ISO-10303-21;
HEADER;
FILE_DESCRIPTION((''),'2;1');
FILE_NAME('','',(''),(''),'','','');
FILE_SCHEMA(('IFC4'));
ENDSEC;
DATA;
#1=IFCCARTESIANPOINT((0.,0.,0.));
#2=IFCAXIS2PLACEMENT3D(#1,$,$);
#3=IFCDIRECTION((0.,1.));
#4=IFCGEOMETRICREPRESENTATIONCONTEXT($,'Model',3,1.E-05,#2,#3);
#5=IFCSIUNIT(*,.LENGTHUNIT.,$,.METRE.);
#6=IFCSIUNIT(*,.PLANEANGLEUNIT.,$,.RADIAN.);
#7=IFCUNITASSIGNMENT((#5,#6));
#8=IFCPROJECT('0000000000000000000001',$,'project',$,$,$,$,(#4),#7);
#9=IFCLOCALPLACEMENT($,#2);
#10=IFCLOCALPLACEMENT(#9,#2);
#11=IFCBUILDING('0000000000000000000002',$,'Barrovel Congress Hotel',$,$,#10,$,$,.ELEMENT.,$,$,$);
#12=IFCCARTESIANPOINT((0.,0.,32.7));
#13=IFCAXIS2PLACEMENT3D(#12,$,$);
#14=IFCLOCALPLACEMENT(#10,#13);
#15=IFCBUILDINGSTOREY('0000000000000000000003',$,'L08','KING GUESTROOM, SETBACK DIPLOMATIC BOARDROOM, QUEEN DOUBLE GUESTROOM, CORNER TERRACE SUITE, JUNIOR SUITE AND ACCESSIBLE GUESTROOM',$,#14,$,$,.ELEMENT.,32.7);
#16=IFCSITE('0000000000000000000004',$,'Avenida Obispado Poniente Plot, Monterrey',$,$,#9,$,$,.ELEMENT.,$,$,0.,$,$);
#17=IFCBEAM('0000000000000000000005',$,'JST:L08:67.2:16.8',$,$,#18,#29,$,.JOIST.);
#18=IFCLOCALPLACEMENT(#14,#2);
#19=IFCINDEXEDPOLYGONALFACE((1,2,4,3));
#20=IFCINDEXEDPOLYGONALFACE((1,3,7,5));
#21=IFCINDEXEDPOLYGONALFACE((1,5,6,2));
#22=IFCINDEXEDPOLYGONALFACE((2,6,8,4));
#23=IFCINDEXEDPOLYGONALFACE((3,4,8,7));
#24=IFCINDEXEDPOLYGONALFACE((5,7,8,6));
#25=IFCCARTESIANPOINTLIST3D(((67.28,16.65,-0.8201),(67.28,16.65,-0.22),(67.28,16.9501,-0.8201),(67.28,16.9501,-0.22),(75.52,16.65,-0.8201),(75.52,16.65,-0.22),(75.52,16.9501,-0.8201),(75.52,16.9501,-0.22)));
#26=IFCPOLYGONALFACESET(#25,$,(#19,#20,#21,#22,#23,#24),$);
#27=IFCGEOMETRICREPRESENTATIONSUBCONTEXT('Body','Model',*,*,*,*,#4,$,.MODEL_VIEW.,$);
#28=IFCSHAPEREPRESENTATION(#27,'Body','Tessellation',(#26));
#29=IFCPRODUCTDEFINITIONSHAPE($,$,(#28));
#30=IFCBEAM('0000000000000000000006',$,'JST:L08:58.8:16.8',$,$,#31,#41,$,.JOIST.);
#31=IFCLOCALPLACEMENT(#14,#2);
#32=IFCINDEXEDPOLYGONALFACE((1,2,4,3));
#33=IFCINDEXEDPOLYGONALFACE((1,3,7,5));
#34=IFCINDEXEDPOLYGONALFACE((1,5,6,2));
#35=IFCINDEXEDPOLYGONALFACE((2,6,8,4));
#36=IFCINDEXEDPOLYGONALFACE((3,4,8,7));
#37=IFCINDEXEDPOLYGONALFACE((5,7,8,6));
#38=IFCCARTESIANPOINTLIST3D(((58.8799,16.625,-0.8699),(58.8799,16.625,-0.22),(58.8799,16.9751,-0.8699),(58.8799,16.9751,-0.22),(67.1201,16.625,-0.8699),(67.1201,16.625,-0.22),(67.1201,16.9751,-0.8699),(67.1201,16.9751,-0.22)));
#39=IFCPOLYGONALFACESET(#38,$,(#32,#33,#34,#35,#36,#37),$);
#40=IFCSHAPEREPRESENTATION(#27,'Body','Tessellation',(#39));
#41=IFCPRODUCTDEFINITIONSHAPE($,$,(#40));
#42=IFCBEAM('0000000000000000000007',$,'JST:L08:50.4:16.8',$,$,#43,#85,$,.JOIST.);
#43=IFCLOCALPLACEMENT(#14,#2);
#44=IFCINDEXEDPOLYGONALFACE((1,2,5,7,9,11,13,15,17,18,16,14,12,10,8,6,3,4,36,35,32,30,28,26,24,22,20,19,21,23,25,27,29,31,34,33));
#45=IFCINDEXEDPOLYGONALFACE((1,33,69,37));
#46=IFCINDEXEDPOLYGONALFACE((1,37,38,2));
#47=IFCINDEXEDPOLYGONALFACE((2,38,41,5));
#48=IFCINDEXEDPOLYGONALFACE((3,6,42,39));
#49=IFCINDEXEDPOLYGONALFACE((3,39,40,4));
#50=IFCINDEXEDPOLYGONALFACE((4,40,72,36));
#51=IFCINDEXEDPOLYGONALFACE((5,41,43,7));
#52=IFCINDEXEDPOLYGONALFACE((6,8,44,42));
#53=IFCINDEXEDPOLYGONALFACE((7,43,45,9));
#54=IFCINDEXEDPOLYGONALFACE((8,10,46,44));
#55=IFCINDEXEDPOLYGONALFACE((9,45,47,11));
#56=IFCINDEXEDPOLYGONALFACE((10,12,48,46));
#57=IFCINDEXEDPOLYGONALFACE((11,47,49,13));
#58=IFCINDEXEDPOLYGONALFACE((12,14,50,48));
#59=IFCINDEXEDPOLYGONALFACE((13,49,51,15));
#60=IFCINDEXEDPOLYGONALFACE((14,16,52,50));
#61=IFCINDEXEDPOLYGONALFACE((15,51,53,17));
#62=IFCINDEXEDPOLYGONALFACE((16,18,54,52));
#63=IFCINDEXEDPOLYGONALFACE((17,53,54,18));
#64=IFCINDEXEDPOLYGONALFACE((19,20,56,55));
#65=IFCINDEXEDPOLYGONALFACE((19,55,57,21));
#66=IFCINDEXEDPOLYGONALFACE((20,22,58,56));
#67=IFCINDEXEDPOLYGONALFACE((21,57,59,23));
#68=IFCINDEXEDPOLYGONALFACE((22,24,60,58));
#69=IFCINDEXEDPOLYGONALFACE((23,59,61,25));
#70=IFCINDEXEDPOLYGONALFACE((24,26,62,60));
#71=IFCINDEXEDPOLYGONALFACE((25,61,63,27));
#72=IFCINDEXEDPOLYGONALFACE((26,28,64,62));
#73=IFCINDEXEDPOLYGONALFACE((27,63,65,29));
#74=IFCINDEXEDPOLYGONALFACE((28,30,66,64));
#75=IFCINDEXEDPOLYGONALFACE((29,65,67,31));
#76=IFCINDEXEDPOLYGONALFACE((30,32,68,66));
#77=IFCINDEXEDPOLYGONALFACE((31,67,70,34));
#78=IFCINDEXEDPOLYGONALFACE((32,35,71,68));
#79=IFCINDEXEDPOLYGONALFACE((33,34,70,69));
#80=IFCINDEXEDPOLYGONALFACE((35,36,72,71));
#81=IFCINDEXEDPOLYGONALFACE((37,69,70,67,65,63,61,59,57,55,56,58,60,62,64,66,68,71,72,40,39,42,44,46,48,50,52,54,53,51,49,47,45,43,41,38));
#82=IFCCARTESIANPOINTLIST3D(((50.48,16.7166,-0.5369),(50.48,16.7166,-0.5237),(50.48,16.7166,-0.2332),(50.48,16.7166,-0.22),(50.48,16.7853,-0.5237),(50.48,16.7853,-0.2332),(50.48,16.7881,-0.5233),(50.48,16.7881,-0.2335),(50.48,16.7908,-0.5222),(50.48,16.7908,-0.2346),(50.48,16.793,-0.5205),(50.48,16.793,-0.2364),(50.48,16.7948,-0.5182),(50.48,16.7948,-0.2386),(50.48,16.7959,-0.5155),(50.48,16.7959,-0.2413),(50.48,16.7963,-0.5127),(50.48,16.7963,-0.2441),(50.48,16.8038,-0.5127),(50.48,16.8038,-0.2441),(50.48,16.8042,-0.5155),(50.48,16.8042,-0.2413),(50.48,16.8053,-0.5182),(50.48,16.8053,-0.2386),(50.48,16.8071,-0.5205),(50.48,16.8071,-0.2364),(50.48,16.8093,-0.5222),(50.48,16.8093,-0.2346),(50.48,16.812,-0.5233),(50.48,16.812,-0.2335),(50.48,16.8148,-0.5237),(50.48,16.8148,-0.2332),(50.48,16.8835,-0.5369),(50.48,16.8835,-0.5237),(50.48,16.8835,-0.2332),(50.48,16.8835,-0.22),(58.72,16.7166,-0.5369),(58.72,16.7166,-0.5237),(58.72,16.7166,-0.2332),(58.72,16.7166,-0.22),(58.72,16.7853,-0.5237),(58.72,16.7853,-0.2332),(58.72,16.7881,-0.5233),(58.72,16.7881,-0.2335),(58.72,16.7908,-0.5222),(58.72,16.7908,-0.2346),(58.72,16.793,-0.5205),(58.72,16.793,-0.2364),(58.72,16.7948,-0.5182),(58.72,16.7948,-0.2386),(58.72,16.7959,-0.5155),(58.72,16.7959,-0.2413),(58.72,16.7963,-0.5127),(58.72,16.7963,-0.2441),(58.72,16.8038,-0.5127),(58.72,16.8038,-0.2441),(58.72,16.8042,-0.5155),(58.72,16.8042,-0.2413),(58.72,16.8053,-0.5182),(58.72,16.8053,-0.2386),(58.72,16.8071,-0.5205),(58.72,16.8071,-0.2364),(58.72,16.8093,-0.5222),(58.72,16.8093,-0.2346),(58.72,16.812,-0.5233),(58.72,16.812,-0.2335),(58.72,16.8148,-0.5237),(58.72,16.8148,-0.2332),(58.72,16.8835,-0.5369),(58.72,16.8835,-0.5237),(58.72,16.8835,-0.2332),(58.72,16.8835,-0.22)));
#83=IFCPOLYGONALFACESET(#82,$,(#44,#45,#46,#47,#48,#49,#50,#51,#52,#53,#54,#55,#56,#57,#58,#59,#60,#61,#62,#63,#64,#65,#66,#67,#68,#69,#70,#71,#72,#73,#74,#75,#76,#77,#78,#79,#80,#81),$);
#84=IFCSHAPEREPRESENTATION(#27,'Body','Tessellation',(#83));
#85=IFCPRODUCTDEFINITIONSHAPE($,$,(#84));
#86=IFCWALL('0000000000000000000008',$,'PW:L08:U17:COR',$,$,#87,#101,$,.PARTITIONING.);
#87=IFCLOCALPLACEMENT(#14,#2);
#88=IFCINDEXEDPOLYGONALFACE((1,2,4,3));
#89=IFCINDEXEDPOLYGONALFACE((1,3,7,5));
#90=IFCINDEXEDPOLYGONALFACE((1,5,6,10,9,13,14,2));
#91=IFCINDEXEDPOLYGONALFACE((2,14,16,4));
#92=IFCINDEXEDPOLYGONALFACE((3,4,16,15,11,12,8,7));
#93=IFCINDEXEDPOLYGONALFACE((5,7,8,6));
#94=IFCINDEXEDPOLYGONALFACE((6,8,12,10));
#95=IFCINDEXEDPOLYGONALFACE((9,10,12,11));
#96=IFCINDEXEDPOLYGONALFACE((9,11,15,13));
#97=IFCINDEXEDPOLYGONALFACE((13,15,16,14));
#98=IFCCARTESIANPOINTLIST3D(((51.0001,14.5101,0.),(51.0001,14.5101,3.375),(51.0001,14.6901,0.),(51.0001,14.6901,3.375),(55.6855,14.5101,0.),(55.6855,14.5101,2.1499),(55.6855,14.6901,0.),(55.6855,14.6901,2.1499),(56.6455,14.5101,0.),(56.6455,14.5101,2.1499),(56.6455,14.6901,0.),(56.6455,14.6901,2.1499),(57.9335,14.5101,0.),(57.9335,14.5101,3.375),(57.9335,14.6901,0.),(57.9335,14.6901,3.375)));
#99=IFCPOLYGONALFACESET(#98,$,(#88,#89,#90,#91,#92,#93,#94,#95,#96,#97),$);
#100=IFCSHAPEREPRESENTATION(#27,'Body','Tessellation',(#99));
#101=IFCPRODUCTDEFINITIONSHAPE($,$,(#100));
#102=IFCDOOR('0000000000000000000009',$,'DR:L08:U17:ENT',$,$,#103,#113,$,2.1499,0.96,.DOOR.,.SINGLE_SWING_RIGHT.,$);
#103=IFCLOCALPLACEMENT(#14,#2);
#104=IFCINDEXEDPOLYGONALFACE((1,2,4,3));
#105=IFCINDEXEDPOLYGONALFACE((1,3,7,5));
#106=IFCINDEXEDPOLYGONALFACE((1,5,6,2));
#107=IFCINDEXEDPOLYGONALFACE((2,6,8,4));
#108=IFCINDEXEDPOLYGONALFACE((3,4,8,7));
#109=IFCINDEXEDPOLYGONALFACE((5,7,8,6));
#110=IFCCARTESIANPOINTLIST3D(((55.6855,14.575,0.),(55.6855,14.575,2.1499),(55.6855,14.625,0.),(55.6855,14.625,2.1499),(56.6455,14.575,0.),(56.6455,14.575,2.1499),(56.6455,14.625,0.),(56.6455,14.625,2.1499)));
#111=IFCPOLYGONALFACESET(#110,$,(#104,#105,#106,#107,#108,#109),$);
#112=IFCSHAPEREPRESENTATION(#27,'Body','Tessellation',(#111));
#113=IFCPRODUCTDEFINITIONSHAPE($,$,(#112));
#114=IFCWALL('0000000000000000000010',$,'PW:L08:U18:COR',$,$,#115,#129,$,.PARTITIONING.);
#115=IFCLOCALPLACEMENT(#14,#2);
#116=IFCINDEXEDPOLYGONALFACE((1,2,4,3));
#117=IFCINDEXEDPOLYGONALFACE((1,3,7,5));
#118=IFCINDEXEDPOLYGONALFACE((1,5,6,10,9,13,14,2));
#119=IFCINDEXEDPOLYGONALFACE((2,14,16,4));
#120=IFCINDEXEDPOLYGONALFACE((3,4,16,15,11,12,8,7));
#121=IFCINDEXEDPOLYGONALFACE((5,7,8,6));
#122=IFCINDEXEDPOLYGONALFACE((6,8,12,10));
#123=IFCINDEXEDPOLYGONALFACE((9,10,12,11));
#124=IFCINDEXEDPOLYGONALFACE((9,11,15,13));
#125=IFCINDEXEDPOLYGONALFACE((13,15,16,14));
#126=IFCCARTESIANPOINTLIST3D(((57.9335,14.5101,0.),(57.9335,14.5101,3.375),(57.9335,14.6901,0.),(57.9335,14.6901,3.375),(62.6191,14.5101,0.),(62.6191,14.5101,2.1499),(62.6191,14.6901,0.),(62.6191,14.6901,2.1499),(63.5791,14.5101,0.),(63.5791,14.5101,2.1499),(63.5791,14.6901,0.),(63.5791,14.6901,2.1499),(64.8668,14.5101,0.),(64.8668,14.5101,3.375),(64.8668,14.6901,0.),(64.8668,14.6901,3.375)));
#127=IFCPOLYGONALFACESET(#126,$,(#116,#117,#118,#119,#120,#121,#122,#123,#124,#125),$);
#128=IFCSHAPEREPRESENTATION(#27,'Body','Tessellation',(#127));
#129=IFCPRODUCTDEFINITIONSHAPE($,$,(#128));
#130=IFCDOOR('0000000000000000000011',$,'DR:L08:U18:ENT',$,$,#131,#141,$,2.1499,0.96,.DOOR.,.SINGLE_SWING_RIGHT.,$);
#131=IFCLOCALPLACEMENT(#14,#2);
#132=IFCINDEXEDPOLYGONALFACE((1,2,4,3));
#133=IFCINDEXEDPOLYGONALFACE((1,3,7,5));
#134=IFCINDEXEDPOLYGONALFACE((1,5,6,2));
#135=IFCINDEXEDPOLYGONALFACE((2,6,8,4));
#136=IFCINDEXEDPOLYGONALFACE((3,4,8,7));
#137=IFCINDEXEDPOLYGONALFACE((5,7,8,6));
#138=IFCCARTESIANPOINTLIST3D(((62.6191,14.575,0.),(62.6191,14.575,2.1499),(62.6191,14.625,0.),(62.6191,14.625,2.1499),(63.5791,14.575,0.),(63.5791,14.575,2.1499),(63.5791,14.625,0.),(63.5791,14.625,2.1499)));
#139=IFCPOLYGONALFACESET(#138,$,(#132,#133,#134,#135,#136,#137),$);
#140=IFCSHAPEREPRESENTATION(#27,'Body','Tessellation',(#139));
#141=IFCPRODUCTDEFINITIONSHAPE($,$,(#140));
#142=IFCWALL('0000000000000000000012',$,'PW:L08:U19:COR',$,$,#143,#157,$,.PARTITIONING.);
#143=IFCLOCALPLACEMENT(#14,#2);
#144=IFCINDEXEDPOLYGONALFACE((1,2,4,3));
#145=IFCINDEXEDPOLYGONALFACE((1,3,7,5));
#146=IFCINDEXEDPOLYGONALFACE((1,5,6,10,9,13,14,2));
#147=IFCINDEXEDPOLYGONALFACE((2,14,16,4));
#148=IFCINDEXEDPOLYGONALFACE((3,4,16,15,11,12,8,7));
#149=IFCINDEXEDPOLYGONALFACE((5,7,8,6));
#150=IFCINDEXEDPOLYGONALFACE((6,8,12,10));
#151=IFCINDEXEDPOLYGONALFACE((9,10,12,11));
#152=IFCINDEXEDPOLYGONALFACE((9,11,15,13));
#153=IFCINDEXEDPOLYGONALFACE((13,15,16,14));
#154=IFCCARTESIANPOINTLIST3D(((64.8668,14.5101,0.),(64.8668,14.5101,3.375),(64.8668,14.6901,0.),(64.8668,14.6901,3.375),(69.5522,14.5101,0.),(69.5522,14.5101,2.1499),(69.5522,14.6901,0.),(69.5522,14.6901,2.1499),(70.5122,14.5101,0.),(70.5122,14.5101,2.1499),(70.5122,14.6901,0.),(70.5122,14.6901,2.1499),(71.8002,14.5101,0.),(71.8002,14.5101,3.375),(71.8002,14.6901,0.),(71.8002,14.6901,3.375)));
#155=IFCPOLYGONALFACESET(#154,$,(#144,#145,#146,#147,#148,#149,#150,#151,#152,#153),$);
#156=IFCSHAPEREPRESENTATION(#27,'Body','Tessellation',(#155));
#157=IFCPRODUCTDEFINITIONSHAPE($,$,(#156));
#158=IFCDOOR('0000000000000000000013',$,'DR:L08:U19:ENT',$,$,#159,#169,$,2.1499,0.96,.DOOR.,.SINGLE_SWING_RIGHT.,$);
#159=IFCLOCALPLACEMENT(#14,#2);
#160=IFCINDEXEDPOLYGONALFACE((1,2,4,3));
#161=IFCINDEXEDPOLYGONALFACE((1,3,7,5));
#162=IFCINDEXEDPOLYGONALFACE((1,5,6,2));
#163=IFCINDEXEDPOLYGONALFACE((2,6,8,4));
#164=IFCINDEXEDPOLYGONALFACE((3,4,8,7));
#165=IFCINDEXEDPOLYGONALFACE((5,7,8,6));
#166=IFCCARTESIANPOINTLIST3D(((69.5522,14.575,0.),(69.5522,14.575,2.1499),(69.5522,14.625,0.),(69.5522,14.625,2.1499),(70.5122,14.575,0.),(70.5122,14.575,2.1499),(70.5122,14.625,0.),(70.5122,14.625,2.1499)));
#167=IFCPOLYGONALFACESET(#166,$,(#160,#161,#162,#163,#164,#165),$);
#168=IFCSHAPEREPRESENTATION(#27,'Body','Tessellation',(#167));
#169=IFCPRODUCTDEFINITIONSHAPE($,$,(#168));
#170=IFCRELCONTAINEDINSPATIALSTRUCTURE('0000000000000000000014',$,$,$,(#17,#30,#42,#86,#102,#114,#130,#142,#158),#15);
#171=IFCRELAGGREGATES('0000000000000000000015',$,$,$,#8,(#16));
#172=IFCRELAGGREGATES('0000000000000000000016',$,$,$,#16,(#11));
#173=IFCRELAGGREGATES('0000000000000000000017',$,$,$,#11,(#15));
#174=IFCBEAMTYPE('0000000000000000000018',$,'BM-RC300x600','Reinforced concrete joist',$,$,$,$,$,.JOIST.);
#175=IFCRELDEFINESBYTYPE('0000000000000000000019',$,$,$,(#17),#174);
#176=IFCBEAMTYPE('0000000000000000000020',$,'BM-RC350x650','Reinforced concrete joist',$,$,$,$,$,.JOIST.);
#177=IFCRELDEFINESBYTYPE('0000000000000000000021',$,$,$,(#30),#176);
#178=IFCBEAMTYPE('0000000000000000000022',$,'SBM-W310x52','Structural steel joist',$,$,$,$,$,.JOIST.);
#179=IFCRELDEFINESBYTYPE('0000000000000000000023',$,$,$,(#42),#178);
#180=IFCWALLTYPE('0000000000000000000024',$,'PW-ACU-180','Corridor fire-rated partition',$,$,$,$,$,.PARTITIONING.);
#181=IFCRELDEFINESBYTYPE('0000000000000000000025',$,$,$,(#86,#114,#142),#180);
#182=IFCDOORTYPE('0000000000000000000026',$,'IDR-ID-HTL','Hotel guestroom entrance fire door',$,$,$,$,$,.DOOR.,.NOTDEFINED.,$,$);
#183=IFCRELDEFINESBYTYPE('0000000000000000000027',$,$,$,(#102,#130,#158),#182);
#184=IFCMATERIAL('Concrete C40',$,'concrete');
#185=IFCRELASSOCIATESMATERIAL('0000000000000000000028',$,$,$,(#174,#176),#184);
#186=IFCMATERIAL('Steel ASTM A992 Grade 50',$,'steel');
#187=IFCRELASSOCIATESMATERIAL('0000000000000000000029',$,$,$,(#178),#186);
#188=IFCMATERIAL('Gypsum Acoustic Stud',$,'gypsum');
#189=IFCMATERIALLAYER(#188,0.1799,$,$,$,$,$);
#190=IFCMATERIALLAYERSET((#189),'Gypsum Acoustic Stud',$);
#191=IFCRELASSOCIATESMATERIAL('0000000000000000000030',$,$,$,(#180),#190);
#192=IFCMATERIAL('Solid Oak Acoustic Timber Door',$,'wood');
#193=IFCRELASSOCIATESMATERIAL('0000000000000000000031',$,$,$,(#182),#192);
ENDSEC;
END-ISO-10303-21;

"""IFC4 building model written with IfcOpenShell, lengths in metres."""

from ifc_helpers import new_model, si_unit, direction, frame, frame_2d, origin, origin_2d, place, context, subcontext, project, spatial, rectangle, i_section, extrude, material, layer, layer_set, material_profile, profile_set, type_object, element, fill, save


model = new_model("IFC4")

# Units and contexts
model_context = context("Model", 3, precision=1e-05, world=origin(), true_north=direction((0.0, 1.0)))
body_context = subcontext(model_context, "Body", "Model", "MODEL_VIEW")
ifc_project = project(units=[si_unit("LENGTHUNIT", "METRE"), si_unit("PLANEANGLEUNIT", "RADIAN")], contexts=[model_context])

# Site, building, storey
site_placement = place(None, origin())
site = spatial("IfcSite", under=ifc_project, at=site_placement, Name="Avenida Obispado Poniente Plot, Monterrey", CompositionType="ELEMENT", RefElevation=0.0)
building_placement = place(site_placement, origin())
building = spatial("IfcBuilding", under=site, at=building_placement, Name="Barrovel Congress Hotel", CompositionType="ELEMENT")
storey_placement = place(building_placement, frame((0.0, 0.0, 32.7)))
storey = spatial("IfcBuildingStorey", under=building, at=storey_placement, Name="L08", Description="KING GUESTROOM, SETBACK DIPLOMATIC BOARDROOM, QUEEN DOUBLE GUESTROOM, CORNER TERRACE SUITE, JUNIOR SUITE AND ACCESSIBLE GUESTROOM", CompositionType="ELEMENT", Elevation=32.7)

# Beams
ifc_material_1 = material(Name="Concrete C40", Category="concrete")
ifc_material_profile_1 = material_profile(ifc_material_1, rectangle(XDim=0.3, YDim=0.6001, at=origin_2d()), Name="RC300x600")
ifc_profile_set_1 = profile_set([ifc_material_profile_1], Name="Concrete C40")
beam_type_1 = type_object("IfcBeamType", Name="BM-RC300x600", Description="Reinforced concrete joist", PredefinedType="JOIST", material=ifc_profile_set_1)
beam_1_placement = place(storey_placement, frame((67.28, 16.8, -0.52), z_axis=(1.0, 0.0, 0.0), x_axis=(0.0, 1.0, 0.0)))
element("IfcBeam", 1, at=beam_1_placement, inside=storey, type_object=beam_type_1, Name="JST:L08:67.2:16.8", PredefinedType="JOIST", context=body_context, shape_type="SweptSolid", body=[
    extrude(rectangle(XDim=0.3, YDim=0.6001, at=origin_2d()), origin(), (0.0, 0.0, 1.0), 8.24),
])
ifc_material_profile_2 = material_profile(ifc_material_1, rectangle(XDim=0.3501, YDim=0.6499, at=origin_2d()), Name="RC350x650")
ifc_profile_set_2 = profile_set([ifc_material_profile_2], Name="Concrete C40")
beam_type_2 = type_object("IfcBeamType", Name="BM-RC350x650", Description="Reinforced concrete joist", PredefinedType="JOIST", material=ifc_profile_set_2)
beam_2_placement = place(storey_placement, frame((58.8799, 16.8, -0.5449), z_axis=(1.0, 0.0, 0.0), x_axis=(0.0, 1.0, 0.0)))
element("IfcBeam", 2, at=beam_2_placement, inside=storey, type_object=beam_type_2, Name="JST:L08:58.8:16.8", PredefinedType="JOIST", context=body_context, shape_type="SweptSolid", body=[
    extrude(rectangle(XDim=0.3501, YDim=0.6499, at=origin_2d()), origin(), (0.0, 0.0, 1.0), 8.2402),
])
ifc_material_2 = material(Name="Steel ASTM A992 Grade 50", Category="steel")
ifc_material_profile_3 = material_profile(ifc_material_2, i_section(OverallWidth=0.167, OverallDepth=0.3169, WebThickness=0.0076, FlangeThickness=0.0132, FilletRadius=0.011, at=origin_2d()), Name="W310x52")
ifc_profile_set_3 = profile_set([ifc_material_profile_3], Name="Steel ASTM A992 Grade 50")
beam_type_3 = type_object("IfcBeamType", Name="SBM-W310x52", Description="Structural steel joist", PredefinedType="JOIST", material=ifc_profile_set_3)
beam_3_placement = place(storey_placement, frame((50.48, 16.8, -0.3784), z_axis=(1.0, 0.0, 0.0), x_axis=(0.0, 1.0, 0.0)))
element("IfcBeam", 3, at=beam_3_placement, inside=storey, type_object=beam_type_3, Name="JST:L08:50.4:16.8", PredefinedType="JOIST", context=body_context, shape_type="SweptSolid", body=[
    extrude(i_section(OverallWidth=0.167, OverallDepth=0.3169, WebThickness=0.0076, FlangeThickness=0.0132, FilletRadius=0.011, at=origin_2d()), origin(), (0.0, 0.0, 1.0), 8.24),
])

# Walls, openings, doors
ifc_material_3 = material(Name="Gypsum Acoustic Stud", Category="gypsum")
ifc_layer_1 = layer(ifc_material_3, 0.1799)
ifc_layer_set_1 = layer_set([ifc_layer_1], Name="Gypsum Acoustic Stud")
wall_type_1 = type_object("IfcWallType", Name="PW-ACU-180", Description="Corridor fire-rated partition", PredefinedType="PARTITIONING", material=ifc_layer_set_1)
wall_1_placement = place(storey_placement, frame((51.0, 14.6001, 0.0), z_axis=(0.0, 0.0, 1.0), x_axis=(1.0, 0.0, 0.0)))
wall_1 = element("IfcWall", 4, at=wall_1_placement, inside=storey, type_object=wall_type_1, Name="PW:L08:U17:COR", PredefinedType="PARTITIONING", context=body_context, shape_type="SweptSolid", body=[
    extrude(rectangle(XDim=6.9333, YDim=0.1799, at=frame_2d((3.4668, 0.0))), origin(), (0.0, 0.0, 1.0), 3.375),
])
opening_1_placement = place(wall_1_placement, frame((4.6855, 0.0, 0.0)))
opening_1 = element("IfcOpeningElement", 5, at=opening_1_placement, cuts=wall_1, PredefinedType="OPENING", context=body_context, shape_type="SweptSolid", body=[
    extrude(rectangle(XDim=0.96, YDim=2.1499, at=frame_2d((0.48, 1.075))), frame((0.0, 0.1001, 0.0), z_axis=(0.0, -1.0, 0.0), x_axis=(1.0, 0.0, 0.0)), (0.0, 0.0, 1.0), 0.2),
])
ifc_material_4 = material(Name="Solid Oak Acoustic Timber Door", Category="wood")
door_type_1 = type_object("IfcDoorType", Name="IDR-ID-HTL", Description="Hotel guestroom entrance fire door", OperationType="NOTDEFINED", PredefinedType="DOOR", material=ifc_material_4)
door_1_placement = place(opening_1_placement, origin())
door_1 = element("IfcDoor", 6, at=door_1_placement, inside=storey, type_object=door_type_1, Name="DR:L08:U17:ENT", OperationType="SINGLE_SWING_RIGHT", OverallHeight=2.1499, OverallWidth=0.96, PredefinedType="DOOR", context=body_context, shape_type="SweptSolid", body=[
    extrude(rectangle(XDim=0.96, YDim=2.1499, at=frame_2d((0.48, 1.075))), frame((0.0, 0.0249, 0.0), z_axis=(0.0, -1.0, 0.0), x_axis=(1.0, 0.0, 0.0)), (0.0, 0.0, 1.0), 0.05),
])
fill(opening_1, door_1)
wall_2_placement = place(storey_placement, frame((57.9333, 14.6001, 0.0), z_axis=(0.0, 0.0, 1.0), x_axis=(1.0, 0.0, 0.0)))
wall_2 = element("IfcWall", 7, at=wall_2_placement, inside=storey, type_object=wall_type_1, Name="PW:L08:U18:COR", PredefinedType="PARTITIONING", context=body_context, shape_type="SweptSolid", body=[
    extrude(rectangle(XDim=6.9333, YDim=0.1799, at=frame_2d((3.4668, 0.0))), origin(), (0.0, 0.0, 1.0), 3.375),
])
opening_2_placement = place(wall_2_placement, frame((4.6858, 0.0, 0.0)))
opening_2 = element("IfcOpeningElement", 8, at=opening_2_placement, cuts=wall_2, PredefinedType="OPENING", context=body_context, shape_type="SweptSolid", body=[
    extrude(rectangle(XDim=0.96, YDim=2.1499, at=frame_2d((0.48, 1.075))), frame((0.0, 0.1001, 0.0), z_axis=(0.0, -1.0, 0.0), x_axis=(1.0, 0.0, 0.0)), (0.0, 0.0, 1.0), 0.2),
])
door_2_placement = place(opening_2_placement, origin())
door_2 = element("IfcDoor", 9, at=door_2_placement, inside=storey, type_object=door_type_1, Name="DR:L08:U18:ENT", OperationType="SINGLE_SWING_RIGHT", OverallHeight=2.1499, OverallWidth=0.96, PredefinedType="DOOR", context=body_context, shape_type="SweptSolid", body=[
    extrude(rectangle(XDim=0.96, YDim=2.1499, at=frame_2d((0.48, 1.075))), frame((0.0, 0.0249, 0.0), z_axis=(0.0, -1.0, 0.0), x_axis=(1.0, 0.0, 0.0)), (0.0, 0.0, 1.0), 0.05),
])
fill(opening_2, door_2)
wall_3_placement = place(storey_placement, frame((64.8667, 14.6001, 0.0), z_axis=(0.0, 0.0, 1.0), x_axis=(1.0, 0.0, 0.0)))
wall_3 = element("IfcWall", 10, at=wall_3_placement, inside=storey, type_object=wall_type_1, Name="PW:L08:U19:COR", PredefinedType="PARTITIONING", context=body_context, shape_type="SweptSolid", body=[
    extrude(rectangle(XDim=6.9333, YDim=0.1799, at=frame_2d((3.4668, 0.0))), origin(), (0.0, 0.0, 1.0), 3.375),
])
opening_3_placement = place(wall_3_placement, frame((4.6855, 0.0, 0.0)))
opening_3 = element("IfcOpeningElement", 11, at=opening_3_placement, cuts=wall_3, PredefinedType="OPENING", context=body_context, shape_type="SweptSolid", body=[
    extrude(rectangle(XDim=0.96, YDim=2.1499, at=frame_2d((0.48, 1.075))), frame((0.0, 0.1001, 0.0), z_axis=(0.0, -1.0, 0.0), x_axis=(1.0, 0.0, 0.0)), (0.0, 0.0, 1.0), 0.2),
])
door_3_placement = place(opening_3_placement, origin())
door_3 = element("IfcDoor", 12, at=door_3_placement, inside=storey, type_object=door_type_1, Name="DR:L08:U19:ENT", OperationType="SINGLE_SWING_RIGHT", OverallHeight=2.1499, OverallWidth=0.96, PredefinedType="DOOR", context=body_context, shape_type="SweptSolid", body=[
    extrude(rectangle(XDim=0.96, YDim=2.1499, at=frame_2d((0.48, 1.075))), frame((0.0, 0.0249, 0.0), z_axis=(0.0, -1.0, 0.0), x_axis=(1.0, 0.0, 0.0)), (0.0, 0.0, 1.0), 0.05),
])
fill(opening_3, door_3)

save(model, "model.ifc")
